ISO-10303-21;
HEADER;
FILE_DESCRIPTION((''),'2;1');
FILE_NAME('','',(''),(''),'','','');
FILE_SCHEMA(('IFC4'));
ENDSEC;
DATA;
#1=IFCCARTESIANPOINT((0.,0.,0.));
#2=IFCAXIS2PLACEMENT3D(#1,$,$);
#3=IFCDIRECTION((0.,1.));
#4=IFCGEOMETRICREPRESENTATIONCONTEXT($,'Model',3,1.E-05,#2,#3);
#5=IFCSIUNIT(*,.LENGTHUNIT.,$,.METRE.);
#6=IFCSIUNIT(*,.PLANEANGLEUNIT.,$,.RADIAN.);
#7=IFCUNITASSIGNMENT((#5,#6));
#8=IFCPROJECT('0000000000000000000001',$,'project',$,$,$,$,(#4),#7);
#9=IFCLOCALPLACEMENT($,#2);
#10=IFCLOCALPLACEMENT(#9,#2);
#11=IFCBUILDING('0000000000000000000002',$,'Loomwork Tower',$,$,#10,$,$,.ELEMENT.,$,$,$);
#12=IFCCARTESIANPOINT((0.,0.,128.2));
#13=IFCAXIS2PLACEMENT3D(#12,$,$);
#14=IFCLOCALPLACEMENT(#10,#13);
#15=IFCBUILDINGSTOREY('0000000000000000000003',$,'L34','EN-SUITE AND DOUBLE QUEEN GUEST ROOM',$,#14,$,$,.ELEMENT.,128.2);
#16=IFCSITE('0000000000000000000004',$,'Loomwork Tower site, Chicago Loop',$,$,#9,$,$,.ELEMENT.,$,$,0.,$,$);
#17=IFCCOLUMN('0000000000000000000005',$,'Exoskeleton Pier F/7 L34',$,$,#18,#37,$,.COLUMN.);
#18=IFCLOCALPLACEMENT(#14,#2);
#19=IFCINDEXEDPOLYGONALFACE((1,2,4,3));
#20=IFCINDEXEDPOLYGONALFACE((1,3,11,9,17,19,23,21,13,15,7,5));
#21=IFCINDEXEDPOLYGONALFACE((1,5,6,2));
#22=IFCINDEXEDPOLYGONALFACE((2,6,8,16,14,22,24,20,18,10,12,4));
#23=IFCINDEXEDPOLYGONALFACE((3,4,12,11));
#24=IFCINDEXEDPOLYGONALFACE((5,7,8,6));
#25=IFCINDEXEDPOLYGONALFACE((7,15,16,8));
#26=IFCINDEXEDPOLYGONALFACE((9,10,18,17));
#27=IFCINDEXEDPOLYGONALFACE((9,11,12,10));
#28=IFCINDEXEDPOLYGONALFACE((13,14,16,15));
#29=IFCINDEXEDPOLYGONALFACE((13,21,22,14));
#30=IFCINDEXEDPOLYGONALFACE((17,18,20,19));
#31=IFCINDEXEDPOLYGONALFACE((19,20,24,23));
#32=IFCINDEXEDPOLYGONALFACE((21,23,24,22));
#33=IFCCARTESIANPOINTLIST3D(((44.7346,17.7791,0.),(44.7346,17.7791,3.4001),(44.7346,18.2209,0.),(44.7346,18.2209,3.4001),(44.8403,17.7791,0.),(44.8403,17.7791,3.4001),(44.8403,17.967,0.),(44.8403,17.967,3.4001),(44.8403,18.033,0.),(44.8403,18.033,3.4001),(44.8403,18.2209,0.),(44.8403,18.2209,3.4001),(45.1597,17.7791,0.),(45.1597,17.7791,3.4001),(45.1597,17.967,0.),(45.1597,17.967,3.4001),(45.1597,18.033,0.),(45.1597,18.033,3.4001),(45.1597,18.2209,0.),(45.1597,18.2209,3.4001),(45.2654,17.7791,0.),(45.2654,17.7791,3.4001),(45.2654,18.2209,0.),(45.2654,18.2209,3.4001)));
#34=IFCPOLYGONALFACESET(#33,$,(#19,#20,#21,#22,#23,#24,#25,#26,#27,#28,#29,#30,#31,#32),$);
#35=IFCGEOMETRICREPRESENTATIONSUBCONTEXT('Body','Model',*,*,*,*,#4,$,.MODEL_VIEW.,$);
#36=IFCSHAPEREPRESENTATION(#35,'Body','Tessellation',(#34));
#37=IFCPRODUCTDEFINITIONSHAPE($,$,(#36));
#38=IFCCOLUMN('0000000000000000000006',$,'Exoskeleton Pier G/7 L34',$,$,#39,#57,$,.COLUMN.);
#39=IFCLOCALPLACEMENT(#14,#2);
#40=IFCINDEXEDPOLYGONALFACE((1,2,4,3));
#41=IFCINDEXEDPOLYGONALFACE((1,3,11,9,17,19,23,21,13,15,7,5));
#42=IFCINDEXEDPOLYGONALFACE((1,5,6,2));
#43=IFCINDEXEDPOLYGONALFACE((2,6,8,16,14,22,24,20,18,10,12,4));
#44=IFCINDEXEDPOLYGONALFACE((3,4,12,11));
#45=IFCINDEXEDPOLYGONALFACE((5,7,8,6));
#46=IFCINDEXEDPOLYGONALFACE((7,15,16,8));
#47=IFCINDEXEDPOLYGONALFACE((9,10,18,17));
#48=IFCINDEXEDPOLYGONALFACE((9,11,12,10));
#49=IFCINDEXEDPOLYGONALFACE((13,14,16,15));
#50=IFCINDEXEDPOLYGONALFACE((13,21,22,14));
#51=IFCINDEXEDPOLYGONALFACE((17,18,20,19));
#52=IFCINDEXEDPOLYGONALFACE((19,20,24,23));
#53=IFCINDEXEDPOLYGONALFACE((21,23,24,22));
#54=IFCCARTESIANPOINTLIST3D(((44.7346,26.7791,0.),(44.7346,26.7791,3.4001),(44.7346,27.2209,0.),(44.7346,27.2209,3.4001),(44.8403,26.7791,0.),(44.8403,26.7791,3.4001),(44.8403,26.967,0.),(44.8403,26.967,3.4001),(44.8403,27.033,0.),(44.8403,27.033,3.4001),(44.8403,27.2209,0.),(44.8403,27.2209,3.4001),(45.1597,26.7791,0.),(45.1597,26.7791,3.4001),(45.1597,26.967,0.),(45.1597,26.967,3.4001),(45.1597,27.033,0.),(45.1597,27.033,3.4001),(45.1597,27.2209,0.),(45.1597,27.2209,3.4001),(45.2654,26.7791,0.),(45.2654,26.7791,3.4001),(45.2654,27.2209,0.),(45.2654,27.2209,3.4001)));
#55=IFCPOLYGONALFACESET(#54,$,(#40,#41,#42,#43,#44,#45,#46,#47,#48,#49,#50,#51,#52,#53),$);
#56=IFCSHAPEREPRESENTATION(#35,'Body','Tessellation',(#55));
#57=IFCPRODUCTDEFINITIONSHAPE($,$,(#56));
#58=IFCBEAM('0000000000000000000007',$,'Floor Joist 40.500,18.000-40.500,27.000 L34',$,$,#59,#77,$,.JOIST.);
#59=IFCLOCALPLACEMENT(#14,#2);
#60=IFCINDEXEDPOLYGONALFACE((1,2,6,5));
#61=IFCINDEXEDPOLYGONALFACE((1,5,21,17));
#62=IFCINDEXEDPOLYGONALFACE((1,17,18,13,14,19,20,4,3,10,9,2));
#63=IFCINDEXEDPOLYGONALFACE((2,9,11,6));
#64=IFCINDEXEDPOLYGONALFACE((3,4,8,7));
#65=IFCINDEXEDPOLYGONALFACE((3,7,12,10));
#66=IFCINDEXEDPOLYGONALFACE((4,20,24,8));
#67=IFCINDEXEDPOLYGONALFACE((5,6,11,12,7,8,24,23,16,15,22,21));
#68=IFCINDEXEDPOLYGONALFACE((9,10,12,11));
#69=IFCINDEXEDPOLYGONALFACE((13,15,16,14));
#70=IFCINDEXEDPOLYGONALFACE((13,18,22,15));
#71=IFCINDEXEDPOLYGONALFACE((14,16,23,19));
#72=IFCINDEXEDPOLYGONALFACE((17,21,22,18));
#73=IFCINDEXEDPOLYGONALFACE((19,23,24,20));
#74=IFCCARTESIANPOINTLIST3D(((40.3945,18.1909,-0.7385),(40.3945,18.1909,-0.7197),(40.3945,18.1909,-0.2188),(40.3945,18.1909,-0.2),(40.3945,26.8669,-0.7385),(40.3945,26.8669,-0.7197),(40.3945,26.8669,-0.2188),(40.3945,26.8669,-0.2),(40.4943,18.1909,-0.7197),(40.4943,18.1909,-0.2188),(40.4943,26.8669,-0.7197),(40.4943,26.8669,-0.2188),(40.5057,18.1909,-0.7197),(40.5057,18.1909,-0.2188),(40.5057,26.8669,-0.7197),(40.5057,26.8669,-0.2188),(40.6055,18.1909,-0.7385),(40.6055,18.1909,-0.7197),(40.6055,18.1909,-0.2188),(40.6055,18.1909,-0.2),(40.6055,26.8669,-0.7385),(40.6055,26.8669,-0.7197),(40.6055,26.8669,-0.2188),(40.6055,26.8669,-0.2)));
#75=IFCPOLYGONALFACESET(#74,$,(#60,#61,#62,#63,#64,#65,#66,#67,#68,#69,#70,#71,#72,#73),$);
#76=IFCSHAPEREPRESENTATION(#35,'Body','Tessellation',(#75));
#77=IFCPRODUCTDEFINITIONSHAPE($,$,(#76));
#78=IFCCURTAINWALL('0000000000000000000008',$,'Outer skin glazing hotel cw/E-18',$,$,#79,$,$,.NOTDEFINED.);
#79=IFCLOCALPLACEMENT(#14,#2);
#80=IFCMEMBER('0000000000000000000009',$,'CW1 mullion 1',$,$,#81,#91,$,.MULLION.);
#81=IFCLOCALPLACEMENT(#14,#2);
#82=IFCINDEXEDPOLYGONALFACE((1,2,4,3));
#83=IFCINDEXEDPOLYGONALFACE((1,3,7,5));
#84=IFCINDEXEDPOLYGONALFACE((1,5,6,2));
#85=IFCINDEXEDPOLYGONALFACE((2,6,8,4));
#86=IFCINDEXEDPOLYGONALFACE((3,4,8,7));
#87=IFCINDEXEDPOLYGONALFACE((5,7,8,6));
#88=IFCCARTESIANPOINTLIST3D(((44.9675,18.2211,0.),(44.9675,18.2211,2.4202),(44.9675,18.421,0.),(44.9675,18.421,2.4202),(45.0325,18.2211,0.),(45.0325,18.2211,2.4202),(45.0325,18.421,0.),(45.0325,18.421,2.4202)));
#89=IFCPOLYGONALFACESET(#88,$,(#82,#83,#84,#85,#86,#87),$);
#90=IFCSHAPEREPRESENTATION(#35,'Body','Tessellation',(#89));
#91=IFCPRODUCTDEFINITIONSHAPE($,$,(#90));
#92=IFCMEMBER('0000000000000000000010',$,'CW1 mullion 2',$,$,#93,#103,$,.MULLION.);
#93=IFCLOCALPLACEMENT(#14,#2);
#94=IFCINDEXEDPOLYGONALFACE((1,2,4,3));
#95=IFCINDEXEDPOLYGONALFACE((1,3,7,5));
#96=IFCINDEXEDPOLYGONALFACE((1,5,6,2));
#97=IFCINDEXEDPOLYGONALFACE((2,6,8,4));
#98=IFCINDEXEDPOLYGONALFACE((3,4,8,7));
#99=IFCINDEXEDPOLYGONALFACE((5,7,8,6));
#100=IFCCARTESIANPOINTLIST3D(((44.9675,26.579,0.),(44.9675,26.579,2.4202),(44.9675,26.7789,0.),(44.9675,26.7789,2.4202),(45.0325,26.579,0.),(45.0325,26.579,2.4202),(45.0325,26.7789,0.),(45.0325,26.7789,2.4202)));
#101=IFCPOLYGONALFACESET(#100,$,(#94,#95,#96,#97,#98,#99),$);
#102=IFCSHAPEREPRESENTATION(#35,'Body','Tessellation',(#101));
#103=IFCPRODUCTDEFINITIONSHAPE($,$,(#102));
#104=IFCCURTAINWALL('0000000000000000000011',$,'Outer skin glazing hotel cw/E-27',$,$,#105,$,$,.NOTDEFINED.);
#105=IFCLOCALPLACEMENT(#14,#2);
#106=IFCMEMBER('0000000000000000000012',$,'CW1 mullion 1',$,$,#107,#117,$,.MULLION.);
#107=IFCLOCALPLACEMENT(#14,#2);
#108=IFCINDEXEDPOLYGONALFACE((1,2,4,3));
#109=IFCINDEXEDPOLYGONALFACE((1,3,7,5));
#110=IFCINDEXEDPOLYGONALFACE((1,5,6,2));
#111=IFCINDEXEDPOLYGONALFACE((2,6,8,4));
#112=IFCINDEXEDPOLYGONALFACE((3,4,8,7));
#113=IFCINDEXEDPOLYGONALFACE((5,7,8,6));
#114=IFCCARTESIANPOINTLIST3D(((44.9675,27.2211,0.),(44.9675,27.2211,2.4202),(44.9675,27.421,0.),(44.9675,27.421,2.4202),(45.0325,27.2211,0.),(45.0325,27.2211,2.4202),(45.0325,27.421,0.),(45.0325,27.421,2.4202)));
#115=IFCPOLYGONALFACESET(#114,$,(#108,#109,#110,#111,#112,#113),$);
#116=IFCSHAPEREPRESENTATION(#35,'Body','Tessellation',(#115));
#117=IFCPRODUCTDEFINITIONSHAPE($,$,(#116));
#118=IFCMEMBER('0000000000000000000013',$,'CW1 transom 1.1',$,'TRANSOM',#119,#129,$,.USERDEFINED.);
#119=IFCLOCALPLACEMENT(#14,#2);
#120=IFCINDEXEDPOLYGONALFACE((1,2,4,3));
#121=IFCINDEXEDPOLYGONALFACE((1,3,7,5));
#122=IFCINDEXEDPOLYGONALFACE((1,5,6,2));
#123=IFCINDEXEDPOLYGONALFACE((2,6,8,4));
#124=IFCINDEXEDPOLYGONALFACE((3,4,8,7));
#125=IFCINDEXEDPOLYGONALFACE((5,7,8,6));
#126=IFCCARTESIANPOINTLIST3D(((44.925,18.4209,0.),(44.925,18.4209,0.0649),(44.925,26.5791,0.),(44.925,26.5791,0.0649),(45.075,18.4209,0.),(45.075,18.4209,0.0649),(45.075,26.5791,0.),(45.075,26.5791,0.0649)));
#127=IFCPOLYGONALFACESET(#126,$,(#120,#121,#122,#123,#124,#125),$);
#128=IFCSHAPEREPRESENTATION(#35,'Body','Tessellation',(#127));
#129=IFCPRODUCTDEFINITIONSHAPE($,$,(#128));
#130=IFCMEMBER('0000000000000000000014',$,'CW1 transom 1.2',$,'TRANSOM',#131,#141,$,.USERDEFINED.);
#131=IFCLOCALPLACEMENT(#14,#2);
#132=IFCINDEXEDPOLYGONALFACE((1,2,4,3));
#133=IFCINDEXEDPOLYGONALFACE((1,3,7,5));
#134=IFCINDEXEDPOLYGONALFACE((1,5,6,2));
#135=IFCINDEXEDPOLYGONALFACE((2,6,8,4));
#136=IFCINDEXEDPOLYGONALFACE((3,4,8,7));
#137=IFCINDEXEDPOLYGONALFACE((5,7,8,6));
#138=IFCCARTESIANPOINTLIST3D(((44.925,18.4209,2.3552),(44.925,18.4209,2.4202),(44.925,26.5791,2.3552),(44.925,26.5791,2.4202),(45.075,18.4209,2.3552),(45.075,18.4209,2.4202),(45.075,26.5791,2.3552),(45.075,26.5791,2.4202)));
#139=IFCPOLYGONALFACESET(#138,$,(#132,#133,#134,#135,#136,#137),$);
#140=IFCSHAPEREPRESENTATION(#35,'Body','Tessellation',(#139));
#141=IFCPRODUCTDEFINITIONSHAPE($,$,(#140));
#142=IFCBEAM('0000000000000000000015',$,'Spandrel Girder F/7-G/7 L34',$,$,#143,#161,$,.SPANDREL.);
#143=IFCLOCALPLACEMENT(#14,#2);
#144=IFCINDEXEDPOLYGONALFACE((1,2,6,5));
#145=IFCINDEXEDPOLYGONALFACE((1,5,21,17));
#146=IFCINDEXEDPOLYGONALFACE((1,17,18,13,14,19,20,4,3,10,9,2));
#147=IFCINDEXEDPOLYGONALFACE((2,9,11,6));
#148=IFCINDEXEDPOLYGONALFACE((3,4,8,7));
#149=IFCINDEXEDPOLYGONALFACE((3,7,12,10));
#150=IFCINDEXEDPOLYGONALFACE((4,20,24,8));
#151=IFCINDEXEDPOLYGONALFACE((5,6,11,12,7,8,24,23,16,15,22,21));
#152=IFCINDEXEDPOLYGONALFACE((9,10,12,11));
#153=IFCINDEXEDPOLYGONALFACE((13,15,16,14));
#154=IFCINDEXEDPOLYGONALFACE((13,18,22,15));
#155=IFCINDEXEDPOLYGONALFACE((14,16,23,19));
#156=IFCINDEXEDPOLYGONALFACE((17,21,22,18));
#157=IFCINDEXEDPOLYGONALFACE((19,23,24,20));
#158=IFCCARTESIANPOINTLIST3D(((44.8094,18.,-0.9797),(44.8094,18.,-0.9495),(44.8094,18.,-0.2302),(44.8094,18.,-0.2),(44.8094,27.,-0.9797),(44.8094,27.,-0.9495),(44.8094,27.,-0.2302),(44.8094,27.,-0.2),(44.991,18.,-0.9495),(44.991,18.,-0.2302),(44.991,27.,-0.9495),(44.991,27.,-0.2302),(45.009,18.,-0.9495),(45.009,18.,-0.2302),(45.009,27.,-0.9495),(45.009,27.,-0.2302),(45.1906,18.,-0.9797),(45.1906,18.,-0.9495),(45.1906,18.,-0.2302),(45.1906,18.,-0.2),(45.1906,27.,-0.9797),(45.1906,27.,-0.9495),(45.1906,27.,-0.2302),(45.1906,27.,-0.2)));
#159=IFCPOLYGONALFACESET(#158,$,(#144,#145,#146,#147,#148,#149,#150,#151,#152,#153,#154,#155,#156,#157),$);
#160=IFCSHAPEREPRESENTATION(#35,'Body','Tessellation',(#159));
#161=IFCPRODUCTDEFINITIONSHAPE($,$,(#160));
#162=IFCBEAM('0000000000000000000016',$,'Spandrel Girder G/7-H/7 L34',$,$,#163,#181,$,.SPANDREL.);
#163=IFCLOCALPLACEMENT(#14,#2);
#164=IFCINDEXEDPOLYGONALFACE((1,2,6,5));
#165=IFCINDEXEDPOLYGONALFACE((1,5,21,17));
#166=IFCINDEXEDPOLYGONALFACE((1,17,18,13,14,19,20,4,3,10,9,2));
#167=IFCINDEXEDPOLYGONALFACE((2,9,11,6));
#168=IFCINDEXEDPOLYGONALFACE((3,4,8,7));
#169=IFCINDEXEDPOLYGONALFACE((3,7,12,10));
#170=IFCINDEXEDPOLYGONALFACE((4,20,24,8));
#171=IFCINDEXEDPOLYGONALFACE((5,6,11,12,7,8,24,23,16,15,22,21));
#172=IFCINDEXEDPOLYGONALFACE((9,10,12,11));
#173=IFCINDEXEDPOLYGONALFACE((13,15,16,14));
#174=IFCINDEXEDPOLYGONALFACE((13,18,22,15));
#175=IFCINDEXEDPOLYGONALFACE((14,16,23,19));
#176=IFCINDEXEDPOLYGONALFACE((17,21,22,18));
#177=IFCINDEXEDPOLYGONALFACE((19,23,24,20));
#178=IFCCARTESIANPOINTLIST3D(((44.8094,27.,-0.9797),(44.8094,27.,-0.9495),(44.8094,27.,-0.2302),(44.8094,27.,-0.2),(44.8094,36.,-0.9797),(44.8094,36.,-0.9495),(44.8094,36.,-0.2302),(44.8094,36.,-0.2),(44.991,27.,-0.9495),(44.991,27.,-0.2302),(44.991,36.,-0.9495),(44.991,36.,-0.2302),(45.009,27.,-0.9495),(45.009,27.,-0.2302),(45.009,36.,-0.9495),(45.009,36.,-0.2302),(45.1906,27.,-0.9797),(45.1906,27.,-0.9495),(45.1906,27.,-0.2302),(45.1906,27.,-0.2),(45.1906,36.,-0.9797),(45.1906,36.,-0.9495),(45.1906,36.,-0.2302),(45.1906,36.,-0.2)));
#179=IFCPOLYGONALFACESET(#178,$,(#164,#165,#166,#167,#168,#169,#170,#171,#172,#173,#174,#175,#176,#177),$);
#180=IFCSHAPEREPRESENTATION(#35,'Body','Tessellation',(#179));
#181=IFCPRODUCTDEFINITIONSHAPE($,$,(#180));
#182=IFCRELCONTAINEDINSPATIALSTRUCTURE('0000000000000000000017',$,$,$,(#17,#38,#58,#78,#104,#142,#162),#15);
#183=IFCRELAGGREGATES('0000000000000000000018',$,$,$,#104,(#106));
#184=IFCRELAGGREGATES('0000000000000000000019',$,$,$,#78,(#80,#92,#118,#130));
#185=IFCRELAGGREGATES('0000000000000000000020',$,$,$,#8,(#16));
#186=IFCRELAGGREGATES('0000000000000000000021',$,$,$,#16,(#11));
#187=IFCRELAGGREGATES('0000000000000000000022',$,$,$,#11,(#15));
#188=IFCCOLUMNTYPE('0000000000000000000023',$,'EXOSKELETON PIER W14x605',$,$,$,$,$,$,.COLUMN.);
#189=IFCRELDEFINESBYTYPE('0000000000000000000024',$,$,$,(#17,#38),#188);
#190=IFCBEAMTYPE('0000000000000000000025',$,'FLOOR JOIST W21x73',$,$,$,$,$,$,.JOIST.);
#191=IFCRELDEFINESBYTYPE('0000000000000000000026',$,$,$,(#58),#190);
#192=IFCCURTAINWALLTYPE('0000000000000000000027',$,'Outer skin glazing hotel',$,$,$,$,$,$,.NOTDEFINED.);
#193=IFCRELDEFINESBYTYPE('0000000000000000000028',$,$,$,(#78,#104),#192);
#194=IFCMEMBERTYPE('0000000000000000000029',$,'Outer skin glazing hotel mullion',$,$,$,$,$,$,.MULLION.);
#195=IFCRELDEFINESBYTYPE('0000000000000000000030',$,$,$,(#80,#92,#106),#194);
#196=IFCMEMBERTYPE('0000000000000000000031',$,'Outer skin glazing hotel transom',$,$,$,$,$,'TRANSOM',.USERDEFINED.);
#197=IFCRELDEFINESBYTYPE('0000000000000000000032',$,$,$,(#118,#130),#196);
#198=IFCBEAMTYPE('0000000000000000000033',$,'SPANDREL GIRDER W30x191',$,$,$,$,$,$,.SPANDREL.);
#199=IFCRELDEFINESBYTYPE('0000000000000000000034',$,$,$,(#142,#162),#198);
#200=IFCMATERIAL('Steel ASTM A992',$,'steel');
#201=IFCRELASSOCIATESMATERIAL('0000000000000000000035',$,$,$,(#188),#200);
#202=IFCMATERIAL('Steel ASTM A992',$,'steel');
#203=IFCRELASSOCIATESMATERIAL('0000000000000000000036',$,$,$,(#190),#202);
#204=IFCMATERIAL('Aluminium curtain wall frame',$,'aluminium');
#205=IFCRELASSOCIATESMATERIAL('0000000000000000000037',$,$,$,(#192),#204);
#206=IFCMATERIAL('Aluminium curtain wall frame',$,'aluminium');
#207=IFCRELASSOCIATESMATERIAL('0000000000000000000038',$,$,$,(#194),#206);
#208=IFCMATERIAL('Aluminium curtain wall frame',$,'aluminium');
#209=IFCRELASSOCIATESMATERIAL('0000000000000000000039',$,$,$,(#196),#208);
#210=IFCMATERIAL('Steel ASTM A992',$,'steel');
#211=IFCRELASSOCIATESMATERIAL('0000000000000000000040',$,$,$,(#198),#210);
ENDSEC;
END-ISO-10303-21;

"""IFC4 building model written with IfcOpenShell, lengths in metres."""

from ifc_helpers import new_model, si_unit, direction, frame, origin, origin_2d, place, context, subcontext, project, spatial, rectangle, i_section, extrude, material, material_profile, profile_set, type_object, element, aggregate, save


model = new_model("IFC4")

# Units and contexts
model_context = context("Model", 3, precision=1e-05, world=origin(), true_north=direction((0.0, 1.0)))
body_context = subcontext(model_context, "Body", "Model", "MODEL_VIEW")
ifc_project = project(units=[si_unit("LENGTHUNIT", "METRE"), si_unit("PLANEANGLEUNIT", "RADIAN")], contexts=[model_context])

# Site, building, storey
site_placement = place(None, origin())
site = spatial("IfcSite", under=ifc_project, at=site_placement, Name="Loomwork Tower site, Chicago Loop", CompositionType="ELEMENT", RefElevation=0.0)
building_placement = place(site_placement, origin())
building = spatial("IfcBuilding", under=site, at=building_placement, Name="Loomwork Tower", CompositionType="ELEMENT")
storey_placement = place(building_placement, frame((0.0, 0.0, 128.2)))
storey = spatial("IfcBuildingStorey", under=building, at=storey_placement, Name="L34", Description="EN-SUITE AND DOUBLE QUEEN GUEST ROOM", CompositionType="ELEMENT", Elevation=128.2)

# Columns
ifc_material_1 = material(Name="Steel ASTM A992", Category="steel")
ifc_material_profile_1 = material_profile(ifc_material_1, i_section(OverallWidth=0.4419, OverallDepth=0.5308, WebThickness=0.0659, FlangeThickness=0.1057, at=origin_2d()), Name="W14x605")
ifc_profile_set_1 = profile_set([ifc_material_profile_1], Name="Steel ASTM A992")
column_type = type_object("IfcColumnType", Name="EXOSKELETON PIER W14x605", PredefinedType="COLUMN", material=ifc_profile_set_1)
for number, where, z_axis, x_axis, name in (
    (1, (45.0, 18.0, 0.0), (0.0, 0.0, 1.0), (0.0, 1.0, 0.0), "Exoskeleton Pier F/7 L34"),
    (2, (45.0, 27.0, 0.0), (0.0, 0.0, 1.0), (0.0, 1.0, 0.0), "Exoskeleton Pier G/7 L34"),
):
    element("IfcColumn", number, at=place(storey_placement, frame(where, z_axis=z_axis, x_axis=x_axis)), inside=storey, type_object=column_type, Name=name, PredefinedType="COLUMN", context=body_context, shape_type="SweptSolid", body=[
        extrude(i_section(OverallWidth=0.4419, OverallDepth=0.5308, WebThickness=0.0659, FlangeThickness=0.1057, at=origin_2d()), origin(), (0.0, 0.0, 1.0), 3.4001),
    ])

# Beam
ifc_material_2 = material(Name="Steel ASTM A992", Category="steel")
ifc_material_profile_2 = material_profile(ifc_material_2, i_section(OverallWidth=0.2109, OverallDepth=0.5386, WebThickness=0.0115, FlangeThickness=0.0188, at=origin_2d()), Name="W21x73")
ifc_profile_set_2 = profile_set([ifc_material_profile_2], Name="Steel ASTM A992")
beam_type_1 = type_object("IfcBeamType", Name="FLOOR JOIST W21x73", PredefinedType="JOIST", material=ifc_profile_set_2)
beam_placement = place(storey_placement, frame((40.5, 18.1909, -0.4692), z_axis=(0.0, 1.0, 0.0), x_axis=(-1.0, 0.0, 0.0)))
element("IfcBeam", 3, at=beam_placement, inside=storey, type_object=beam_type_1, Name="Floor Joist 40.500,18.000-40.500,27.000 L34", PredefinedType="JOIST", context=body_context, shape_type="SweptSolid", body=[
    extrude(i_section(OverallWidth=0.2109, OverallDepth=0.5386, WebThickness=0.0115, FlangeThickness=0.0188, at=origin_2d()), origin(), (0.0, 0.0, 1.0), 8.676),
])

# Curtain wall, members
ifc_material_3 = material(Name="Aluminium curtain wall frame", Category="aluminium")
curtain_wall_type = type_object("IfcCurtainWallType", Name="Outer skin glazing hotel", PredefinedType="NOTDEFINED", material=ifc_material_3)
curtain_wall_1_placement = place(storey_placement, origin())
curtain_wall_1 = element("IfcCurtainWall", 4, at=curtain_wall_1_placement, inside=storey, type_object=curtain_wall_type, Name="Outer skin glazing hotel cw/E-18", PredefinedType="NOTDEFINED")
ifc_material_4 = material(Name="Aluminium curtain wall frame", Category="aluminium")
ifc_material_profile_3 = material_profile(ifc_material_4, rectangle(XDim=0.0649, YDim=0.2, at=origin_2d()), Name="AL 65x200")
ifc_profile_set_3 = profile_set([ifc_material_profile_3], Name="Aluminium curtain wall frame")
member_type_1 = type_object("IfcMemberType", Name="Outer skin glazing hotel mullion", PredefinedType="MULLION", material=ifc_profile_set_3)
member_1_placement = place(storey_placement, frame((45.0, 18.321, 0.0), z_axis=(0.0, 0.0, 1.0), x_axis=(-1.0, 0.0, 0.0)))
member_1 = element("IfcMember", 5, at=member_1_placement, type_object=member_type_1, Name="CW1 mullion 1", PredefinedType="MULLION", context=body_context, shape_type="SweptSolid", body=[
    extrude(rectangle(XDim=0.0649, YDim=0.2, at=origin_2d()), origin(), (0.0, 0.0, 1.0), 2.4202),
])
member_2_placement = place(storey_placement, frame((45.0, 26.679, 0.0), z_axis=(0.0, 0.0, 1.0), x_axis=(-1.0, 0.0, 0.0)))
member_2 = element("IfcMember", 6, at=member_2_placement, type_object=member_type_1, Name="CW1 mullion 2", PredefinedType="MULLION", context=body_context, shape_type="SweptSolid", body=[
    extrude(rectangle(XDim=0.0649, YDim=0.2, at=origin_2d()), origin(), (0.0, 0.0, 1.0), 2.4202),
])

# Curtain wall, member
curtain_wall_2_placement = place(storey_placement, origin())
curtain_wall_2 = element("IfcCurtainWall", 7, at=curtain_wall_2_placement, inside=storey, type_object=curtain_wall_type, Name="Outer skin glazing hotel cw/E-27", PredefinedType="NOTDEFINED")
member_3_placement = place(storey_placement, frame((45.0, 27.321, 0.0), z_axis=(0.0, 0.0, 1.0), x_axis=(-1.0, 0.0, 0.0)))
member_3 = element("IfcMember", 8, at=member_3_placement, type_object=member_type_1, Name="CW1 mullion 1", PredefinedType="MULLION", context=body_context, shape_type="SweptSolid", body=[
    extrude(rectangle(XDim=0.0649, YDim=0.2, at=origin_2d()), origin(), (0.0, 0.0, 1.0), 2.4202),
])
aggregate(curtain_wall_2, [member_3])

# Members
ifc_material_5 = material(Name="Aluminium curtain wall frame", Category="aluminium")
ifc_material_profile_4 = material_profile(ifc_material_5, rectangle(XDim=0.1499, YDim=0.0649, at=origin_2d()), Name="AL 65x150")
ifc_profile_set_4 = profile_set([ifc_material_profile_4], Name="Aluminium curtain wall frame")
member_type_2 = type_object("IfcMemberType", Name="Outer skin glazing hotel transom", ElementType="TRANSOM", PredefinedType="USERDEFINED", material=ifc_profile_set_4)
member_4_placement = place(storey_placement, frame((45.0, 18.4209, 0.0325), z_axis=(0.0, 1.0, 0.0), x_axis=(-1.0, 0.0, 0.0)))
member_4 = element("IfcMember", 9, at=member_4_placement, type_object=member_type_2, Name="CW1 transom 1.1", ObjectType="TRANSOM", PredefinedType="USERDEFINED", context=body_context, shape_type="SweptSolid", body=[
    extrude(rectangle(XDim=0.1499, YDim=0.0649, at=origin_2d()), origin(), (0.0, 0.0, 1.0), 8.1582),
])
member_5_placement = place(storey_placement, frame((45.0, 18.4209, 2.3877), z_axis=(0.0, 1.0, 0.0), x_axis=(-1.0, 0.0, 0.0)))
member_5 = element("IfcMember", 10, at=member_5_placement, type_object=member_type_2, Name="CW1 transom 1.2", ObjectType="TRANSOM", PredefinedType="USERDEFINED", context=body_context, shape_type="SweptSolid", body=[
    extrude(rectangle(XDim=0.1499, YDim=0.0649, at=origin_2d()), origin(), (0.0, 0.0, 1.0), 8.1582),
])

# Beams
ifc_material_6 = material(Name="Steel ASTM A992", Category="steel")
ifc_material_profile_5 = material_profile(ifc_material_6, i_section(OverallWidth=0.3811, OverallDepth=0.7798, WebThickness=0.0181, FlangeThickness=0.0303, at=origin_2d()), Name="W30x191")
ifc_profile_set_5 = profile_set([ifc_material_profile_5], Name="Steel ASTM A992")
beam_type_2 = type_object("IfcBeamType", Name="SPANDREL GIRDER W30x191", PredefinedType="SPANDREL", material=ifc_profile_set_5)
for number, where, z_axis, x_axis, name in (
    (11, (45.0, 18.0, -0.5898), (0.0, 1.0, 0.0), (-1.0, 0.0, 0.0), "Spandrel Girder F/7-G/7 L34"),
    (12, (45.0, 27.0, -0.5898), (0.0, 1.0, 0.0), (-1.0, 0.0, 0.0), "Spandrel Girder G/7-H/7 L34"),
):
    element("IfcBeam", number, at=place(storey_placement, frame(where, z_axis=z_axis, x_axis=x_axis)), inside=storey, type_object=beam_type_2, Name=name, PredefinedType="SPANDREL", context=body_context, shape_type="SweptSolid", body=[
        extrude(i_section(OverallWidth=0.3811, OverallDepth=0.7798, WebThickness=0.0181, FlangeThickness=0.0303, at=origin_2d()), origin(), (0.0, 0.0, 1.0), 9.0),
    ])

aggregate(curtain_wall_1, [member_1, member_2, member_4, member_5])

save(model, "model.ifc")
